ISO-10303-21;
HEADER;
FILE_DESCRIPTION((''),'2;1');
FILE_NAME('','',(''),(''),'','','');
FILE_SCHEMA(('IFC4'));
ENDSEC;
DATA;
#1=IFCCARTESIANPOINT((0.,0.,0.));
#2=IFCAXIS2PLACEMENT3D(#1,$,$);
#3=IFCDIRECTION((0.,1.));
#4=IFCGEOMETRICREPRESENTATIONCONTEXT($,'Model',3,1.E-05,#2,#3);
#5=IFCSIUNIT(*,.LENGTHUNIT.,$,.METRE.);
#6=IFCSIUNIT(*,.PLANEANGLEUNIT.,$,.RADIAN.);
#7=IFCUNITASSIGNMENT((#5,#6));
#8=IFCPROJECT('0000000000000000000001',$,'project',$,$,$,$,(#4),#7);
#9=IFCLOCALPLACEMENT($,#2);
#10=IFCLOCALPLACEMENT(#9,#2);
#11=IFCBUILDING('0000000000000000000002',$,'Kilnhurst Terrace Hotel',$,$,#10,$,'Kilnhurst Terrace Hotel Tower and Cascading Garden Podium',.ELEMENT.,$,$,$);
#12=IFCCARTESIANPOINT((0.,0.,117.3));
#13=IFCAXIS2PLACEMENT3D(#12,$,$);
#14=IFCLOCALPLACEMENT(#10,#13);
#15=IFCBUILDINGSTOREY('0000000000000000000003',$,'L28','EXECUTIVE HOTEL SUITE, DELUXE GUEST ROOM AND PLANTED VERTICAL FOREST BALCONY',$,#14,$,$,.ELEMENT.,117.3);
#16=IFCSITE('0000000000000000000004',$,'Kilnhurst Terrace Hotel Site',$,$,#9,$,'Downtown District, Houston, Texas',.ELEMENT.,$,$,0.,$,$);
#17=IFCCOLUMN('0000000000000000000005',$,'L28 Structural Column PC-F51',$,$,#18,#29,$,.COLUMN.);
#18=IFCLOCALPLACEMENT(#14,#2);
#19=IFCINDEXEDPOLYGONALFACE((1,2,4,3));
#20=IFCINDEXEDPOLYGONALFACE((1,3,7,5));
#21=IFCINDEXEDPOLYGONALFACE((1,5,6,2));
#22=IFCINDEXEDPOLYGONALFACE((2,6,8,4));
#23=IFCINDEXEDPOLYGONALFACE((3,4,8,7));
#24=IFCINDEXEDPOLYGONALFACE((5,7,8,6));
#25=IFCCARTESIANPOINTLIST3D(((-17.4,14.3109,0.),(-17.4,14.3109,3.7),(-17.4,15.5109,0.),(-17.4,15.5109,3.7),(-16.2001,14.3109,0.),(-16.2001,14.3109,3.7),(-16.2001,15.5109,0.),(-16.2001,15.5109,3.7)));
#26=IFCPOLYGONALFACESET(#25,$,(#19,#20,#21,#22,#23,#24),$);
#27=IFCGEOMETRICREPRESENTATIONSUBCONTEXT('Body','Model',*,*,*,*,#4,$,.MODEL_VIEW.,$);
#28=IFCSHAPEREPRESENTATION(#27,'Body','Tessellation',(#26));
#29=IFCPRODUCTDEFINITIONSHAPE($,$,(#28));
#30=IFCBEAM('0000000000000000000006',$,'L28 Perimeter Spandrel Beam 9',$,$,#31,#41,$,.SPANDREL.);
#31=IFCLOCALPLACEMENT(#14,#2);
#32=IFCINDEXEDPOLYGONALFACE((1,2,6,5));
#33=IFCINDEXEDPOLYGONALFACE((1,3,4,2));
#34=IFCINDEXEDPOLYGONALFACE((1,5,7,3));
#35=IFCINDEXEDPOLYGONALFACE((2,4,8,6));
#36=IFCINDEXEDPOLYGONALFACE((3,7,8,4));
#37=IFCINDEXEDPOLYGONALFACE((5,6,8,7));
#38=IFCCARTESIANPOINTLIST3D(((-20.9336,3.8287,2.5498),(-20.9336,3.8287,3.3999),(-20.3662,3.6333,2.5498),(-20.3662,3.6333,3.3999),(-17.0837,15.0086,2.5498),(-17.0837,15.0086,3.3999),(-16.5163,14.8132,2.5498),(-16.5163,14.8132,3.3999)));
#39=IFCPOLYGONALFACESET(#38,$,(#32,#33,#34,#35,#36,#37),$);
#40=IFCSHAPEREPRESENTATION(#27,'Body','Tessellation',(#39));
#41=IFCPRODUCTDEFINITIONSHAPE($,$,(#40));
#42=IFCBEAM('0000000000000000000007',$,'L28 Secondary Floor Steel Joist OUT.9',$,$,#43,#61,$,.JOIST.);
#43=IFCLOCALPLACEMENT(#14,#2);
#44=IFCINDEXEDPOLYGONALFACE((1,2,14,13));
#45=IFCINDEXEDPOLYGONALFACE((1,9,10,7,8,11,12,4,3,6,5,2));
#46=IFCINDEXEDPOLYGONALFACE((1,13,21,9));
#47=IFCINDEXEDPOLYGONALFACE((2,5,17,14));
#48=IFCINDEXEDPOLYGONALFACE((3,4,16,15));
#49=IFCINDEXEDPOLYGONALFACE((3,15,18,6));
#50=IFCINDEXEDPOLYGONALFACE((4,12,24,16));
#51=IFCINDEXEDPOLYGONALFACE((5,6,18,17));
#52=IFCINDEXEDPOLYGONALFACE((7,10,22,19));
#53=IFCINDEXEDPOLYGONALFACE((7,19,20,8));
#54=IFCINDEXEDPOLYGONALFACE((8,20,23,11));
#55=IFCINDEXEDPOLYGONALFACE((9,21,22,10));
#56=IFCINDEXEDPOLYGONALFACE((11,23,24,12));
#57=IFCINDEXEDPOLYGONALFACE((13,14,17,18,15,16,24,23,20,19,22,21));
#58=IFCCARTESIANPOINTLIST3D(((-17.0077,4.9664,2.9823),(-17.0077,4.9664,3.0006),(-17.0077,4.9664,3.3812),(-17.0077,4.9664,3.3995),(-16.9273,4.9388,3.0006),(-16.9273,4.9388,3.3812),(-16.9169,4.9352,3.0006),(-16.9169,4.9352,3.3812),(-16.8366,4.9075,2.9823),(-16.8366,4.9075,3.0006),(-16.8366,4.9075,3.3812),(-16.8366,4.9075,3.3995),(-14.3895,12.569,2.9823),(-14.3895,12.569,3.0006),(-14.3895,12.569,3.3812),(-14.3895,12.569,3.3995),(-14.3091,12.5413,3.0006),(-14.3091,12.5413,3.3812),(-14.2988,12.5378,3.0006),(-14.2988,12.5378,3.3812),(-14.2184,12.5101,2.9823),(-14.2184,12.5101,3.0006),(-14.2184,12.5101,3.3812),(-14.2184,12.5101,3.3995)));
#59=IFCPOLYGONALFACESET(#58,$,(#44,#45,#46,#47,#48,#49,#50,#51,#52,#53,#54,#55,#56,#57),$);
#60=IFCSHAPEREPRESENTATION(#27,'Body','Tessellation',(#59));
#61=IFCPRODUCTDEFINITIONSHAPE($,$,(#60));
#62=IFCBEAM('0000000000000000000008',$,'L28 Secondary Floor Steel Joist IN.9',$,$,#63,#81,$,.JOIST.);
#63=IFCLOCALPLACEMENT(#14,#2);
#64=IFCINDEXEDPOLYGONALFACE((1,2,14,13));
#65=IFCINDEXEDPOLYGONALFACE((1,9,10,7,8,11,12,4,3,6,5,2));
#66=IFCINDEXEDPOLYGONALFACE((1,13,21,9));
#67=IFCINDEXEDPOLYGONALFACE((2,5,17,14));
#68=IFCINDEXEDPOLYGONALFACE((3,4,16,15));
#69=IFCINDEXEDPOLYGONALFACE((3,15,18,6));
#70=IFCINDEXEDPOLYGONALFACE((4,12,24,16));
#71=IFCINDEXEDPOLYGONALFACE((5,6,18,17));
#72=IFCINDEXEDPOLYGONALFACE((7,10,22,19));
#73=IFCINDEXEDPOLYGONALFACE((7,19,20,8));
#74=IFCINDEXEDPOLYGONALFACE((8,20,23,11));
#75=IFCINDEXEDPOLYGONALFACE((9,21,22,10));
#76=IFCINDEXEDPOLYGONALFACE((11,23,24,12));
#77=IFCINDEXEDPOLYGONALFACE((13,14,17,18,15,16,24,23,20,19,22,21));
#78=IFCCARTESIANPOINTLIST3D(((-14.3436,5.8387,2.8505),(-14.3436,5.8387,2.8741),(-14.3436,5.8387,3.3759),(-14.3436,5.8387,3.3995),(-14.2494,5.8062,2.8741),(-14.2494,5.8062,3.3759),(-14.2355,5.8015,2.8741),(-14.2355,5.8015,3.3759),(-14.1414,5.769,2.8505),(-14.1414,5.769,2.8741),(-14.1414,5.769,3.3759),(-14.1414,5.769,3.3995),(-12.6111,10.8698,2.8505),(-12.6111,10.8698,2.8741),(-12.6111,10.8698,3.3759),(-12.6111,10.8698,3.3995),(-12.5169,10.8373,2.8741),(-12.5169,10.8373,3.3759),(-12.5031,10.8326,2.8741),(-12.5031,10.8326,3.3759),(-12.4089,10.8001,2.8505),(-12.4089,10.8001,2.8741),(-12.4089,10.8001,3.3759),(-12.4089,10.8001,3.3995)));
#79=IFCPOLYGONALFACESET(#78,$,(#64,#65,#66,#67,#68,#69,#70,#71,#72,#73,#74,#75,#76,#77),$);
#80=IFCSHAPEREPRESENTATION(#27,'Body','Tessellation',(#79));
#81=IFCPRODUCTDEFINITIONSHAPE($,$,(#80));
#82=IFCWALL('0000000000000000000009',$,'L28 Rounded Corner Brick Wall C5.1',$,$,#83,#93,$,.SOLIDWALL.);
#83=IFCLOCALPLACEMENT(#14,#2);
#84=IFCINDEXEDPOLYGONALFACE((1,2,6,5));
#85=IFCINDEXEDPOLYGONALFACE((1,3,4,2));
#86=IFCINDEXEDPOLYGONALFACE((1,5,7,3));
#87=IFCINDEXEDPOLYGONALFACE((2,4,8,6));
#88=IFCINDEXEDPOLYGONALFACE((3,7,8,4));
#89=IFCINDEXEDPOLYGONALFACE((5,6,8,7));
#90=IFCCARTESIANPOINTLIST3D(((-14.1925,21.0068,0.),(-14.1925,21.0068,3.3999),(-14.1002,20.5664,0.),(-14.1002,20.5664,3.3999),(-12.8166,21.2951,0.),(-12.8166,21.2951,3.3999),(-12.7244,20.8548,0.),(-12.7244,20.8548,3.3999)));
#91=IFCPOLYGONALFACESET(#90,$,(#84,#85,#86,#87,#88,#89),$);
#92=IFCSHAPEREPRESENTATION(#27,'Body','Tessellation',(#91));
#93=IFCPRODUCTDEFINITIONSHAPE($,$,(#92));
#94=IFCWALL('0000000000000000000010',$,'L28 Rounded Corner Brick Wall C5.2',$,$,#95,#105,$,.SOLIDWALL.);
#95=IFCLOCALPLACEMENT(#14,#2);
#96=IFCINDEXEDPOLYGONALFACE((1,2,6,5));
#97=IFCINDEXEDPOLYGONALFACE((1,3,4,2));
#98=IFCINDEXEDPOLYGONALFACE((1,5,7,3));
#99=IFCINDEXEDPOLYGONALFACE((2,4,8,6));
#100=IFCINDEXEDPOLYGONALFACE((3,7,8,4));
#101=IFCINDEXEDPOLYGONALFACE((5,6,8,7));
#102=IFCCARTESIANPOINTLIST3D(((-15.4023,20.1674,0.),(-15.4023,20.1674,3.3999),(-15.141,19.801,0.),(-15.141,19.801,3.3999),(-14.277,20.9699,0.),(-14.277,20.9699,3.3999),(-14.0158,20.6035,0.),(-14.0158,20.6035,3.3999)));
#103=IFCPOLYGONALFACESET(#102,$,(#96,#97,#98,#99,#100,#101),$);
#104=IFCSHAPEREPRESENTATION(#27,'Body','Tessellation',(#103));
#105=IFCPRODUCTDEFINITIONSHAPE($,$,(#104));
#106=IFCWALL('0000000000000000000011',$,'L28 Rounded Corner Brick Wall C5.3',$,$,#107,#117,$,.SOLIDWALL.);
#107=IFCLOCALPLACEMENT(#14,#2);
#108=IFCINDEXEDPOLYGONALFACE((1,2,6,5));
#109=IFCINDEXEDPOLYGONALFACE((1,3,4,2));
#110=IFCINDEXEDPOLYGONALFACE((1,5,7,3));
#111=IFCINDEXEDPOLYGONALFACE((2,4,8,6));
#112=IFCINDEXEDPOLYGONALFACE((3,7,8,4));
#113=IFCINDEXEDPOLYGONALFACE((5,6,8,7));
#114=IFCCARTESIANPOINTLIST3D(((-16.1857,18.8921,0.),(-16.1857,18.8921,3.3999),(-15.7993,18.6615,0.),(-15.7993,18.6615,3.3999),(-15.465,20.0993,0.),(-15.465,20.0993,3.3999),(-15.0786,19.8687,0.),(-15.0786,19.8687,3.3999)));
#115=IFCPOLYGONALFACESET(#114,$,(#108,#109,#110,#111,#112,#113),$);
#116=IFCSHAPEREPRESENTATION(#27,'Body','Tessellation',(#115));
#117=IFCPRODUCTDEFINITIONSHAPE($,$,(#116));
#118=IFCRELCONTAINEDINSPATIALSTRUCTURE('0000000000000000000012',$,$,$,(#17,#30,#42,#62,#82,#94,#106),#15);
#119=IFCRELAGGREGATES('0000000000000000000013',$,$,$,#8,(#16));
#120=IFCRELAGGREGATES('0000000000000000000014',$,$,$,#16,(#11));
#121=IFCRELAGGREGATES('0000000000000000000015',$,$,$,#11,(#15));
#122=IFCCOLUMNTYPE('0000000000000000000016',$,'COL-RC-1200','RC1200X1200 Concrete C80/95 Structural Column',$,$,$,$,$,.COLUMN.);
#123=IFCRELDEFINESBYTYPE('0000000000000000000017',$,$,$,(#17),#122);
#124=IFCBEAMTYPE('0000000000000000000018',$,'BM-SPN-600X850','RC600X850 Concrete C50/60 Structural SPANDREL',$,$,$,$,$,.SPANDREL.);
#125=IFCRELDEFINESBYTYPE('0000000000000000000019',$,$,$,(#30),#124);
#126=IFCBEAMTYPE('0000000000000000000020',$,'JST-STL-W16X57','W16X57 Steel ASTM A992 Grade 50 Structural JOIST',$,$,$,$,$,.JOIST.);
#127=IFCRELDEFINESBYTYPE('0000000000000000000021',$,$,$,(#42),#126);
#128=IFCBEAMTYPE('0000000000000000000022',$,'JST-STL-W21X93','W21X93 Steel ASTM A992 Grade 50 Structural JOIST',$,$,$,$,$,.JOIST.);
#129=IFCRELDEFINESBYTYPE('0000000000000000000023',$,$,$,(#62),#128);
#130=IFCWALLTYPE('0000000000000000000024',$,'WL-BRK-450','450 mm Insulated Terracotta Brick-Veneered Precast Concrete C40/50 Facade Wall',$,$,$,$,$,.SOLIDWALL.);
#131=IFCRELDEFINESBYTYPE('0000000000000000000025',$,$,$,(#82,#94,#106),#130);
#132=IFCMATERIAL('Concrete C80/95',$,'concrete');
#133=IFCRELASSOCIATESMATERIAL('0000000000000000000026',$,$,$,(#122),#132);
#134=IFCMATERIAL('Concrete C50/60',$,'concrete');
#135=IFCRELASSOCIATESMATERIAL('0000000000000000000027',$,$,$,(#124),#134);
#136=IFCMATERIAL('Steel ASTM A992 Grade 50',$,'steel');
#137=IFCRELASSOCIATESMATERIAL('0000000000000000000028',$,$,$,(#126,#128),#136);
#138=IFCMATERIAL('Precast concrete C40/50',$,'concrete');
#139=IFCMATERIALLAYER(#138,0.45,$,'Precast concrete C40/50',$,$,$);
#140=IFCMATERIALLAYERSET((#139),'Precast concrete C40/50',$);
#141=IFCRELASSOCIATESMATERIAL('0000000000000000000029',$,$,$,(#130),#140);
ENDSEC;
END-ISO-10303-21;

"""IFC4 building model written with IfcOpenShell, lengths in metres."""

from ifc_helpers import new_model, si_unit, direction, frame, frame_2d, origin, origin_2d, place, context, subcontext, project, spatial, rectangle, i_section, extrude, material, layer, layer_set, material_profile, profile_set, type_object, element, save


model = new_model("IFC4")

# Units and contexts
model_context = context("Model", 3, precision=1e-05, world=origin(), true_north=direction((0.0, 1.0)))
body_context = subcontext(model_context, "Body", "Model", "MODEL_VIEW")
ifc_project = project(units=[si_unit("LENGTHUNIT", "METRE"), si_unit("PLANEANGLEUNIT", "RADIAN")], contexts=[model_context])

# Site, building, storey
site_placement = place(None, origin())
site = spatial("IfcSite", under=ifc_project, at=site_placement, Name="Kilnhurst Terrace Hotel Site", LongName="Downtown District, Houston, Texas", CompositionType="ELEMENT", RefElevation=0.0)
building_placement = place(site_placement, origin())
building = spatial("IfcBuilding", under=site, at=building_placement, Name="Kilnhurst Terrace Hotel", LongName="Kilnhurst Terrace Hotel Tower and Cascading Garden Podium", CompositionType="ELEMENT")
storey_placement = place(building_placement, frame((0.0, 0.0, 117.3)))
storey = spatial("IfcBuildingStorey", under=building, at=storey_placement, Name="L28", Description="EXECUTIVE HOTEL SUITE, DELUXE GUEST ROOM AND PLANTED VERTICAL FOREST BALCONY", CompositionType="ELEMENT", Elevation=117.3)

# Column
ifc_material_1 = material(Name="Concrete C80/95", Category="concrete")
ifc_material_profile_1 = material_profile(ifc_material_1, rectangle(XDim=1.2, YDim=1.2, at=origin_2d()), Name="RC1200X1200")
ifc_profile_set_1 = profile_set([ifc_material_profile_1], Name="Concrete C80/95")
column_type = type_object("IfcColumnType", Name="COL-RC-1200", Description="RC1200X1200 Concrete C80/95 Structural Column", PredefinedType="COLUMN", material=ifc_profile_set_1)
column_placement = place(storey_placement, frame((-16.8, 14.9109, 0.0), z_axis=(0.0, 0.0, 1.0), x_axis=(1.0, 0.0, 0.0)))
element("IfcColumn", 1, at=column_placement, inside=storey, type_object=column_type, Name="L28 Structural Column PC-F51", PredefinedType="COLUMN", context=body_context, shape_type="SweptSolid", body=[
    extrude(rectangle(XDim=1.2, YDim=1.2, at=origin_2d()), origin(), (0.0, 0.0, 1.0), 3.7),
])

# Beams
ifc_material_2 = material(Name="Concrete C50/60", Category="concrete")
ifc_material_profile_2 = material_profile(ifc_material_2, rectangle(XDim=0.6001, YDim=0.8501, at=origin_2d()), Name="RC600X850")
ifc_profile_set_2 = profile_set([ifc_material_profile_2], Name="Concrete C50/60")
beam_type_1 = type_object("IfcBeamType", Name="BM-SPN-600X850", Description="RC600X850 Concrete C50/60 Structural SPANDREL", PredefinedType="SPANDREL", material=ifc_profile_set_2)
beam_1_placement = place(storey_placement, frame((-16.8, 14.9109, 2.9749), z_axis=(-0.32559, -0.945511, 0.0), x_axis=(0.945511, -0.32559, 0.0)))
element("IfcBeam", 2, at=beam_1_placement, inside=storey, type_object=beam_type_1, Name="L28 Perimeter Spandrel Beam 9", PredefinedType="SPANDREL", context=body_context, shape_type="SweptSolid", body=[
    extrude(rectangle(XDim=0.6001, YDim=0.8501, at=origin_2d()), origin(), (0.0, 0.0, 1.0), 11.8242),
])
ifc_material_3 = material(Name="Steel ASTM A992 Grade 50", Category="steel")
ifc_material_profile_3 = material_profile(ifc_material_3, i_section(OverallWidth=0.1809, OverallDepth=0.4172, WebThickness=0.011, FlangeThickness=0.0183, at=origin_2d()), Name="W16X57")
ifc_profile_set_3 = profile_set([ifc_material_profile_3], Name="Steel ASTM A992 Grade 50")
beam_type_2 = type_object("IfcBeamType", Name="JST-STL-W16X57", Description="W16X57 Steel ASTM A992 Grade 50 Structural JOIST", PredefinedType="JOIST", material=ifc_profile_set_3)
beam_2_placement = place(storey_placement, frame((-14.304, 12.5396, 3.1909), z_axis=(-0.325613, -0.945503, 0.0), x_axis=(0.945503, -0.325613, 0.0)))
element("IfcBeam", 3, at=beam_2_placement, inside=storey, type_object=beam_type_2, Name="L28 Secondary Floor Steel Joist OUT.9", PredefinedType="JOIST", context=body_context, shape_type="SweptSolid", body=[
    extrude(i_section(OverallWidth=0.1809, OverallDepth=0.4172, WebThickness=0.011, FlangeThickness=0.0183, at=origin_2d()), origin(), (0.0, 0.0, 1.0), 8.0408),
])
ifc_material_profile_4 = material_profile(ifc_material_3, i_section(OverallWidth=0.2139, OverallDepth=0.5491, WebThickness=0.0146, FlangeThickness=0.0237, at=origin_2d()), Name="W21X93")
ifc_profile_set_4 = profile_set([ifc_material_profile_4], Name="Steel ASTM A992 Grade 50")
beam_type_3 = type_object("IfcBeamType", Name="JST-STL-W21X93", Description="W21X93 Steel ASTM A992 Grade 50 Structural JOIST", PredefinedType="JOIST", material=ifc_profile_set_4)
beam_3_placement = place(storey_placement, frame((-12.51, 10.835, 3.125), z_axis=(-0.325586, -0.945512, 0.0), x_axis=(0.945512, -0.325586, 0.0)))
element("IfcBeam", 4, at=beam_3_placement, inside=storey, type_object=beam_type_3, Name="L28 Secondary Floor Steel Joist IN.9", PredefinedType="JOIST", context=body_context, shape_type="SweptSolid", body=[
    extrude(i_section(OverallWidth=0.2139, OverallDepth=0.5491, WebThickness=0.0146, FlangeThickness=0.0237, at=origin_2d()), origin(), (0.0, 0.0, 1.0), 5.321),
])

# Walls
ifc_material_4 = material(Name="Precast concrete C40/50", Category="concrete")
ifc_layer_1 = layer(ifc_material_4, 0.45, Name="Precast concrete C40/50")
ifc_layer_set_1 = layer_set([ifc_layer_1], Name="Precast concrete C40/50")
wall_type_1 = type_object("IfcWallType", Name="WL-BRK-450", Description="450 mm Insulated Terracotta Brick-Veneered Precast Concrete C40/50 Facade Wall", PredefinedType="SOLIDWALL", material=ifc_layer_set_1)
wall_1_placement = place(storey_placement, frame((-12.7705, 21.075, 0.0), z_axis=(0.0, 0.0, 1.0), x_axis=(-0.978743, -0.205091, 0.0)))
element("IfcWall", 5, at=wall_1_placement, inside=storey, type_object=wall_type_1, Name="L28 Rounded Corner Brick Wall C5.1", PredefinedType="SOLIDWALL", context=body_context, shape_type="SweptSolid", body=[
    extrude(rectangle(XDim=1.4058, YDim=0.45, at=frame_2d((0.7029, 0.0))), origin(), (0.0, 0.0, 1.0), 3.3999),
])
wall_2_placement = place(storey_placement, frame((-14.1465, 20.7866, 0.0), z_axis=(0.0, 0.0, 1.0), x_axis=(-0.814163, -0.580636, 0.0)))
element("IfcWall", 6, at=wall_2_placement, inside=storey, type_object=wall_type_1, Name="L28 Rounded Corner Brick Wall C5.2", PredefinedType="SOLIDWALL", context=body_context, shape_type="SweptSolid", body=[
    extrude(rectangle(XDim=1.3821, YDim=0.45, at=frame_2d((0.6909, 0.0))), origin(), (0.0, 0.0, 1.0), 3.3999),
])
wall_3_placement = place(storey_placement, frame((-15.2717, 19.9841, 0.0), z_axis=(0.0, 0.0, 1.0), x_axis=(-0.512579, -0.85864, 0.0)))
element("IfcWall", 7, at=wall_3_placement, inside=storey, type_object=wall_type_1, Name="L28 Rounded Corner Brick Wall C5.3", PredefinedType="SOLIDWALL", context=body_context, shape_type="SweptSolid", body=[
    extrude(rectangle(XDim=1.406, YDim=0.45, at=frame_2d((0.7031, 0.0))), origin(), (0.0, 0.0, 1.0), 3.3999),
])

save(model, "model.ifc")
